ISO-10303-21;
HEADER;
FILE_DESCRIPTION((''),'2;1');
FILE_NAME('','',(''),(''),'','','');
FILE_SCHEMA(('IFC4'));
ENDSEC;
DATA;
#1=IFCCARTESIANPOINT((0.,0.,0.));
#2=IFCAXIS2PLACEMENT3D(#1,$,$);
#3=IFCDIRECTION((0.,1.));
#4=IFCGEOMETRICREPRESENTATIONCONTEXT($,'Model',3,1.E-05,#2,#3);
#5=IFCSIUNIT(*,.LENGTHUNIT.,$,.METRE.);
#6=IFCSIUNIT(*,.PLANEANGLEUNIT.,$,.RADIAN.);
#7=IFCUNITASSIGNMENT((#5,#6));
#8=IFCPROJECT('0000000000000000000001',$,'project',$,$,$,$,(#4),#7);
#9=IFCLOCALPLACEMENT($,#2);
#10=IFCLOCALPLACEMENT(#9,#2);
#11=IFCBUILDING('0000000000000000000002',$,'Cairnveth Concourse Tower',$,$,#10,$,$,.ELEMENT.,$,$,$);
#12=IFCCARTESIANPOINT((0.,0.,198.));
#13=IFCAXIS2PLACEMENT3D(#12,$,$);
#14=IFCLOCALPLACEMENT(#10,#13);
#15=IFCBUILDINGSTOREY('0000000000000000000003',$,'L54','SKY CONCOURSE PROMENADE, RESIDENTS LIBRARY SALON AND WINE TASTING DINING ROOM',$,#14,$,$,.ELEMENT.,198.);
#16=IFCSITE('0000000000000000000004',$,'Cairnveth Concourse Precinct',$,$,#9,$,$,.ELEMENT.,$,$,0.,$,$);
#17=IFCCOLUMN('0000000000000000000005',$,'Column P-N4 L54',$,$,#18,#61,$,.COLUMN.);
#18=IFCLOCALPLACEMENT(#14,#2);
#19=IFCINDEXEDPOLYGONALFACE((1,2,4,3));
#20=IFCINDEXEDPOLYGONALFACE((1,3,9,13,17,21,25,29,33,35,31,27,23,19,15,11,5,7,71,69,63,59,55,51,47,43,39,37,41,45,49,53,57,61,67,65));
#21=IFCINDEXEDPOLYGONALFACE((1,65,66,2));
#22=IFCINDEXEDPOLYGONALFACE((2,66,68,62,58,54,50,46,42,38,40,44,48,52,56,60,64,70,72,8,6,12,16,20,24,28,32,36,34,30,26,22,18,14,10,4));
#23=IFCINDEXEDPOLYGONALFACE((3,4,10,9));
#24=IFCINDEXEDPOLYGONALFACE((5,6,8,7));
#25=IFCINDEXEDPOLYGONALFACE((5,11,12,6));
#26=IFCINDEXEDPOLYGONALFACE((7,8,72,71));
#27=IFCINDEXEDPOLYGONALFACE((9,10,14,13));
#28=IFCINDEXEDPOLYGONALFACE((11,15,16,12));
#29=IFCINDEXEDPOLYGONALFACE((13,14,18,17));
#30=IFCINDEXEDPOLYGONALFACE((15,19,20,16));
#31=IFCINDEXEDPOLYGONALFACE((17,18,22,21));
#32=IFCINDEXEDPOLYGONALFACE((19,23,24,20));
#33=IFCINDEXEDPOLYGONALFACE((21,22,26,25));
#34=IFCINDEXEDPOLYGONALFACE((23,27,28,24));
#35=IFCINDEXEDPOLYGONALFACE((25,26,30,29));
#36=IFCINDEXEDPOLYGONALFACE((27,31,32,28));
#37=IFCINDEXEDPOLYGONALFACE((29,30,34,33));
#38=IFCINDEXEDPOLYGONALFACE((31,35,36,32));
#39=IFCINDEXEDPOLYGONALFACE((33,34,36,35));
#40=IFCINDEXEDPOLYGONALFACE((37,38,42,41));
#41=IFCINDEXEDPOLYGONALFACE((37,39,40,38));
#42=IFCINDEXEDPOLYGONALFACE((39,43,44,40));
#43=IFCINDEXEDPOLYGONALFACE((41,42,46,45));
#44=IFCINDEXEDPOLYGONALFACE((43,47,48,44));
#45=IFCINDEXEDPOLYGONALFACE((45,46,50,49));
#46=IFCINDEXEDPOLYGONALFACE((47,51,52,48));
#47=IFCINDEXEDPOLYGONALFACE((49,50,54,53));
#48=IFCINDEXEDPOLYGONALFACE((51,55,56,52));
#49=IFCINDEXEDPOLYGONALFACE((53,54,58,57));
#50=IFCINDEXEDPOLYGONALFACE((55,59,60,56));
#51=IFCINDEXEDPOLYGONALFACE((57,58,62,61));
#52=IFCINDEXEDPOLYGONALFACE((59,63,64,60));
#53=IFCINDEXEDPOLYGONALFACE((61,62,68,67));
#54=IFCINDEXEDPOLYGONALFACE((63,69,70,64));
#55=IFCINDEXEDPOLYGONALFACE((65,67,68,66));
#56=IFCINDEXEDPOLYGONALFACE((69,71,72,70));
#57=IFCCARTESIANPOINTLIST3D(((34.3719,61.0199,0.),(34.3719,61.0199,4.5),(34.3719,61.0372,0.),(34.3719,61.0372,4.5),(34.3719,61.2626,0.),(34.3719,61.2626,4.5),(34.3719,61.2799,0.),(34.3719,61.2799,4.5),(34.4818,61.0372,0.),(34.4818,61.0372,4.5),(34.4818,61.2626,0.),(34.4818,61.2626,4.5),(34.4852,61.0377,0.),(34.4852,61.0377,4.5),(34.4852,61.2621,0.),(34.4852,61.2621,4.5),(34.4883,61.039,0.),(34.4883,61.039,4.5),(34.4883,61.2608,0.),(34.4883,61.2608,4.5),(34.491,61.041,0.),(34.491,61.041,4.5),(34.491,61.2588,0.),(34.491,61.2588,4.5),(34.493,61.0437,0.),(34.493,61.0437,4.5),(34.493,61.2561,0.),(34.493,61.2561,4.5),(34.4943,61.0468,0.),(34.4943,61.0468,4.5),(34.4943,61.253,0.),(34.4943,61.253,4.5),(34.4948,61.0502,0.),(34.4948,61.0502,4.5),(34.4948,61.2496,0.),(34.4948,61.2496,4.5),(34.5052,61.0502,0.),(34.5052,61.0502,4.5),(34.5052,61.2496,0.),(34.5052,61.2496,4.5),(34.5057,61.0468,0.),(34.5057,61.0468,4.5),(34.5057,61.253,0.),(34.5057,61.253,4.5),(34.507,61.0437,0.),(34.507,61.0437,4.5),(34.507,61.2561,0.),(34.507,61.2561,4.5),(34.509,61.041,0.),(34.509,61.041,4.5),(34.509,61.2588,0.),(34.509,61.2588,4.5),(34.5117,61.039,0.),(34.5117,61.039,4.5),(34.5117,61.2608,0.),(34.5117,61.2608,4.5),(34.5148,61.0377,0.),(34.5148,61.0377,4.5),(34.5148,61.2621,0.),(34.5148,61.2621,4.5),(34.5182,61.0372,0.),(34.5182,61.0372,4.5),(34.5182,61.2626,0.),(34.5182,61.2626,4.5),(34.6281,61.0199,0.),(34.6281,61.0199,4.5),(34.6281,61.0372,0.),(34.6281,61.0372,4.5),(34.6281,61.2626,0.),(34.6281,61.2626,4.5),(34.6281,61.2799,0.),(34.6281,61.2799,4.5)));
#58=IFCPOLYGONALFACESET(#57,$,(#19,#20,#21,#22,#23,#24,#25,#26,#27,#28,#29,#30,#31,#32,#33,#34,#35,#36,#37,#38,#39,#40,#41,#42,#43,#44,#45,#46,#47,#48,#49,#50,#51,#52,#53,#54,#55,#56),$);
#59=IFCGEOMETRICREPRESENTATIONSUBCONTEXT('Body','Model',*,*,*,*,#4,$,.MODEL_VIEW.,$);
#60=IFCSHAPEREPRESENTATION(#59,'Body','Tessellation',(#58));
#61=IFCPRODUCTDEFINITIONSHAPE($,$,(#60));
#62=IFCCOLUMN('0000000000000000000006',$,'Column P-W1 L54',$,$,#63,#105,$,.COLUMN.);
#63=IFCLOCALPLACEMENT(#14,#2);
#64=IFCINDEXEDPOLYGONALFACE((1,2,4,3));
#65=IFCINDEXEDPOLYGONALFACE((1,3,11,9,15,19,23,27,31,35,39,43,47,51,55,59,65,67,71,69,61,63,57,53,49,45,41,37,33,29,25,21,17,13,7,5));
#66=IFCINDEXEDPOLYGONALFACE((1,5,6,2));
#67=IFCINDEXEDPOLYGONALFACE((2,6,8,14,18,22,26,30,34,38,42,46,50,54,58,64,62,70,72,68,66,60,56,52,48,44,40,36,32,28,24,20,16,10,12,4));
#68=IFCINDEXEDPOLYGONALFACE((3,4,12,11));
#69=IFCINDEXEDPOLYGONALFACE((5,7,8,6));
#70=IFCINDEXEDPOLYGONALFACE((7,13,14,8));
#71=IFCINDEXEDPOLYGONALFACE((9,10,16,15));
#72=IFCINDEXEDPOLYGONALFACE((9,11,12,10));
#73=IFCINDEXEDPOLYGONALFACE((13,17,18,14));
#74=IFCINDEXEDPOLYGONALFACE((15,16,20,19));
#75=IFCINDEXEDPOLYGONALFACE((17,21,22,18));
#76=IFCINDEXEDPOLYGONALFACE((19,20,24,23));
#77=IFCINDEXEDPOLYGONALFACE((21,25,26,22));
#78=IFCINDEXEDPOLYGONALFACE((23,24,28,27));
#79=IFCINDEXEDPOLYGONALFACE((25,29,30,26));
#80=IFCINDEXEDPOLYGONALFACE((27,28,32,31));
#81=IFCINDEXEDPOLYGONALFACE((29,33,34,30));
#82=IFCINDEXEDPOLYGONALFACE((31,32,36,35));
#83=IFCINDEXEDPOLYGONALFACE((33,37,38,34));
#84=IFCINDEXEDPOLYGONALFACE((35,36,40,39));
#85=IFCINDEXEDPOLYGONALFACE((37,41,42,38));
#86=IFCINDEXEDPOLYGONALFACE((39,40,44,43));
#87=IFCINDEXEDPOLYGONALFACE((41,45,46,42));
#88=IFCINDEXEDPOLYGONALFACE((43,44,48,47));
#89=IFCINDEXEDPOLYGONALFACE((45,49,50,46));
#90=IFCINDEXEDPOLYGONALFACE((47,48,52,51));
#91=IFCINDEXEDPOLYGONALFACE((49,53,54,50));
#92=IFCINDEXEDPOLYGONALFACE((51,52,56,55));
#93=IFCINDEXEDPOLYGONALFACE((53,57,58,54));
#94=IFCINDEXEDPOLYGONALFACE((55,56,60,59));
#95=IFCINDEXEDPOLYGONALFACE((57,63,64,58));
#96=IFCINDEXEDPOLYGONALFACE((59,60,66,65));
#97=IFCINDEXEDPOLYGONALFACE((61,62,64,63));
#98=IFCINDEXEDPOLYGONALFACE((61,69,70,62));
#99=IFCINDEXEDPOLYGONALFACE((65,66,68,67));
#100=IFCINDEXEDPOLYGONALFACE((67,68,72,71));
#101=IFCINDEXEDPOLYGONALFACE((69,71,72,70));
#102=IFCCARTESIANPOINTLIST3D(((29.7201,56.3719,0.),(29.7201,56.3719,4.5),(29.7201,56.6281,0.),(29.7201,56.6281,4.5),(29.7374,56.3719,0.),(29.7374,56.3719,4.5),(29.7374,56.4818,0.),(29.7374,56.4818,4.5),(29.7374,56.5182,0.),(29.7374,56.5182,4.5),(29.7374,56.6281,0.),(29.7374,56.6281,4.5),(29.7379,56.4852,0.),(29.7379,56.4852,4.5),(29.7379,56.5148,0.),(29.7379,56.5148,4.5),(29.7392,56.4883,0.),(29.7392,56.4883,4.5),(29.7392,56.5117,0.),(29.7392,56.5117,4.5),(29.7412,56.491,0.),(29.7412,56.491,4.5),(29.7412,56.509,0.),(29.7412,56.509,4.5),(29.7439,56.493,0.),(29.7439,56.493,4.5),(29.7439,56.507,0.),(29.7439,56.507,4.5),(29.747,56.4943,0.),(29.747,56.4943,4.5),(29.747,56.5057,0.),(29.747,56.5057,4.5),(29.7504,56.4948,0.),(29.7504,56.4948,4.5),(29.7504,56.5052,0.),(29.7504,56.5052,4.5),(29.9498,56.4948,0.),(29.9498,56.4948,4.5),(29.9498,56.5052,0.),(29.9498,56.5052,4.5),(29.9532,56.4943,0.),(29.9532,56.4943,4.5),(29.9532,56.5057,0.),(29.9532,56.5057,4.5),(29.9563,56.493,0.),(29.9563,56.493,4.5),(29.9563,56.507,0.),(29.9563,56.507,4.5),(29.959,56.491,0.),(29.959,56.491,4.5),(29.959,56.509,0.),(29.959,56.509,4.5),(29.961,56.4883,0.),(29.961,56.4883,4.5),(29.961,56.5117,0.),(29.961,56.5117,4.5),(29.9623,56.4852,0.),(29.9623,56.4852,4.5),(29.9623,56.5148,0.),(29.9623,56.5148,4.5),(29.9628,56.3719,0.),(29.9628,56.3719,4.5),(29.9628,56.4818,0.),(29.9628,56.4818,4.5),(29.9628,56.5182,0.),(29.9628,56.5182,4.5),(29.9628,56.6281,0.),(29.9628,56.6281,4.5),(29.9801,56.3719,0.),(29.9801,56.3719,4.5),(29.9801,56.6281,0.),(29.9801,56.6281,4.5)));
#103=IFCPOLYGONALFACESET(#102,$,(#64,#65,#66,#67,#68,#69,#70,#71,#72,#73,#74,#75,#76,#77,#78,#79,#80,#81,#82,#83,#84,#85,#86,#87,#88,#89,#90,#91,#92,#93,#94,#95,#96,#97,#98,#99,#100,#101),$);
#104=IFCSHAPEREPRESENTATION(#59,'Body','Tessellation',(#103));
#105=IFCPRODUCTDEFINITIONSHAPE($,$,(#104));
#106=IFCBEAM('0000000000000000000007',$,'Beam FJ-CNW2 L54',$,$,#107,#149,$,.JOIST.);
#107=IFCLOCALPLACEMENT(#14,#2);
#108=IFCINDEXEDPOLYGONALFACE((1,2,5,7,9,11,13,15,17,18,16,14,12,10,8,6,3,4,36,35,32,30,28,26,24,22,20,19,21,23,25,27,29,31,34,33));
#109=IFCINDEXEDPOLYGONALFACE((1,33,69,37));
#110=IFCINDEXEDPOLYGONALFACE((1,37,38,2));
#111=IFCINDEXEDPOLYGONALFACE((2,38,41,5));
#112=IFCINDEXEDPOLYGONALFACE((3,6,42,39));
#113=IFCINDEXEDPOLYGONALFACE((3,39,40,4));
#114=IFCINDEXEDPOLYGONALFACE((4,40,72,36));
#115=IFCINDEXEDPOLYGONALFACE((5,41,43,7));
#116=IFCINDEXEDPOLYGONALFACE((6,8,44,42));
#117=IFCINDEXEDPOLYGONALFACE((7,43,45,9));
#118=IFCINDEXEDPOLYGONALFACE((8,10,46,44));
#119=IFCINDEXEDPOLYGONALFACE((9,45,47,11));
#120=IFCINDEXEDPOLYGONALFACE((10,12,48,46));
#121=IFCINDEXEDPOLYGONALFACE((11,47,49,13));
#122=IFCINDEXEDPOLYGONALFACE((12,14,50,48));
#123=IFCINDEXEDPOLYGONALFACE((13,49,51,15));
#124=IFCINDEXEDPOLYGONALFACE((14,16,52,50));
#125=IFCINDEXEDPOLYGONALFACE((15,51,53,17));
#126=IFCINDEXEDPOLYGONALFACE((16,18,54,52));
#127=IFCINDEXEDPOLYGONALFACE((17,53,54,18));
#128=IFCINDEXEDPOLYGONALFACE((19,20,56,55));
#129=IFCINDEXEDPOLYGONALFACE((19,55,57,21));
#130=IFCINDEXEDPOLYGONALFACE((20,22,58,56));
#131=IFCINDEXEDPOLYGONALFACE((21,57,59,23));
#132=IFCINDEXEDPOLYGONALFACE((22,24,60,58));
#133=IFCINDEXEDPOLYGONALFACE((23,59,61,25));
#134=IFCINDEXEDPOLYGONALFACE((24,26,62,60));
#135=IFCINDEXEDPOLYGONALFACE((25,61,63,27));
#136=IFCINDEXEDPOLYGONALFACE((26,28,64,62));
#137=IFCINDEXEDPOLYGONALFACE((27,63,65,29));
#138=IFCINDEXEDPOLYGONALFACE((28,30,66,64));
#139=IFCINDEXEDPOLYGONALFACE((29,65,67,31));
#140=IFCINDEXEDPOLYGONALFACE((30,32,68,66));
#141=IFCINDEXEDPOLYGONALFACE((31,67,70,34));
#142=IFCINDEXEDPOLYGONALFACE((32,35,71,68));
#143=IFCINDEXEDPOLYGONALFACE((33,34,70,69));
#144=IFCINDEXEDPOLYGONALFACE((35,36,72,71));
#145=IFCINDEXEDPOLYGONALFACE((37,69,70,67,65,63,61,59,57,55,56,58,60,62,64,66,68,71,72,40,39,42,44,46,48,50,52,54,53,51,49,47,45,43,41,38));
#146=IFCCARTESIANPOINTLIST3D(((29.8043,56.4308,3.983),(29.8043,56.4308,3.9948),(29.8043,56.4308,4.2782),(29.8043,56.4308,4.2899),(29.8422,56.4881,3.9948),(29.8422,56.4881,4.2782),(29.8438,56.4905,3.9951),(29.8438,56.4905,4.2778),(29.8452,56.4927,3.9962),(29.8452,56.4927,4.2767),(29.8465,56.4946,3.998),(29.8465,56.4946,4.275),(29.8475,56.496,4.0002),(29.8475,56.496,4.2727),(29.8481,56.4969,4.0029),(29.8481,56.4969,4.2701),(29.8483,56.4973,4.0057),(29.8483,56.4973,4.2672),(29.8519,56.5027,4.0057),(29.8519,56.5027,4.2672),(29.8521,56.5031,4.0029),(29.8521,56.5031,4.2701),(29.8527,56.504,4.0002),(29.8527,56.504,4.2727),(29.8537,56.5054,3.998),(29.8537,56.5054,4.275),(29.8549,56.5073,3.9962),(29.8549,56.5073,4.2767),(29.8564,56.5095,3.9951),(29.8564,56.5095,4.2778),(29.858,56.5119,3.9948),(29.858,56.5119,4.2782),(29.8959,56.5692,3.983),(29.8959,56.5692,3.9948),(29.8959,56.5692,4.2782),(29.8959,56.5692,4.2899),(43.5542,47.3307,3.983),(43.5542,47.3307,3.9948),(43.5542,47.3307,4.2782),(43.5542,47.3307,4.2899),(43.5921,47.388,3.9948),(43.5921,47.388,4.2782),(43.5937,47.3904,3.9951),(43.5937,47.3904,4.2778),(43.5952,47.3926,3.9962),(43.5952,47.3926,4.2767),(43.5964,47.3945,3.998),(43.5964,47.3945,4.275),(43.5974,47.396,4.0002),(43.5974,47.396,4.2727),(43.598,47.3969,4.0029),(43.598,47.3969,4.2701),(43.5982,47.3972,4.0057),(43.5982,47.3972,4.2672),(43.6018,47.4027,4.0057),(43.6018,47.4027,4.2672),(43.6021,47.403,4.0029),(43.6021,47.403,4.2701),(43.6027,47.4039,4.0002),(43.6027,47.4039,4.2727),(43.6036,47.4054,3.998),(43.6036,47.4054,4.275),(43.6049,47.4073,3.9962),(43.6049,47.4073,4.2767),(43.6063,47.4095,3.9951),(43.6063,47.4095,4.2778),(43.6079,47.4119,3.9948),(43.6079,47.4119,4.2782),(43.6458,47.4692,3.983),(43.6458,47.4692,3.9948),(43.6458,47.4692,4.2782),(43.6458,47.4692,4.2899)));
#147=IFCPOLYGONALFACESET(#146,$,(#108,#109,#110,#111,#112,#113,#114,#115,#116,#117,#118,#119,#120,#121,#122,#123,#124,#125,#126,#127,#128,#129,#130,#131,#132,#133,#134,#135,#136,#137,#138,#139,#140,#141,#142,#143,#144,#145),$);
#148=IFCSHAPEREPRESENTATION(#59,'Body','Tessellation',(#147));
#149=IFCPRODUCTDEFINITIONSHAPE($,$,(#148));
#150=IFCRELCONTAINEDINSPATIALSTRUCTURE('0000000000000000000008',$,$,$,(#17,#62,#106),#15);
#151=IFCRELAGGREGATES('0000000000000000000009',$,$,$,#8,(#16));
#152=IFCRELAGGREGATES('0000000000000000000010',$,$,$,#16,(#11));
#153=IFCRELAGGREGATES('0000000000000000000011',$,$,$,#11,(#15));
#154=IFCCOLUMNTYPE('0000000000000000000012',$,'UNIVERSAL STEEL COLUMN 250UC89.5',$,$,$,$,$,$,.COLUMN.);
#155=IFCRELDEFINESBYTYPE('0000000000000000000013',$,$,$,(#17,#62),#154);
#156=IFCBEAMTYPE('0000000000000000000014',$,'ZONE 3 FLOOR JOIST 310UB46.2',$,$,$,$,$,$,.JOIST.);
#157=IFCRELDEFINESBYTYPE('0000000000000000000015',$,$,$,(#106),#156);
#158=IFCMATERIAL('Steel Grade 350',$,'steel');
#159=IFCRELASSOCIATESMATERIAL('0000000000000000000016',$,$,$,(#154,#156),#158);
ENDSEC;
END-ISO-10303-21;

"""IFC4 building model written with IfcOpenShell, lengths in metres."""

from ifc_helpers import new_model, si_unit, direction, frame, origin, origin_2d, place, context, subcontext, project, spatial, i_section, extrude, material, material_profile, profile_set, type_object, element, save


model = new_model("IFC4")

# Units and contexts
model_context = context("Model", 3, precision=1e-05, world=origin(), true_north=direction((0.0, 1.0)))
body_context = subcontext(model_context, "Body", "Model", "MODEL_VIEW")
ifc_project = project(units=[si_unit("LENGTHUNIT", "METRE"), si_unit("PLANEANGLEUNIT", "RADIAN")], contexts=[model_context])

# Site, building, storey
site_placement = place(None, origin())
site = spatial("IfcSite", under=ifc_project, at=site_placement, Name="Cairnveth Concourse Precinct", CompositionType="ELEMENT", RefElevation=0.0)
building_placement = place(site_placement, origin())
building = spatial("IfcBuilding", under=site, at=building_placement, Name="Cairnveth Concourse Tower", CompositionType="ELEMENT")
storey_placement = place(building_placement, frame((0.0, 0.0, 198.0)))
storey = spatial("IfcBuildingStorey", under=building, at=storey_placement, Name="L54", Description="SKY CONCOURSE PROMENADE, RESIDENTS LIBRARY SALON AND WINE TASTING DINING ROOM", CompositionType="ELEMENT", Elevation=198.0)

# Columns
ifc_material_1 = material(Name="Steel Grade 350", Category="steel")
ifc_material_profile_1 = material_profile(ifc_material_1, i_section(OverallWidth=0.2561, OverallDepth=0.26, WebThickness=0.0105, FlangeThickness=0.0173, FilletRadius=0.0129, at=origin_2d()), Name="250UC89.5")
ifc_profile_set_1 = profile_set([ifc_material_profile_1], Name="Steel Grade 350")
column_type = type_object("IfcColumnType", Name="UNIVERSAL STEEL COLUMN 250UC89.5", PredefinedType="COLUMN", material=ifc_profile_set_1)
for number, where, z_axis, x_axis, name in (
    (1, (34.5, 61.1499, 0.0), (0.0, 0.0, 1.0), (1.0, 0.0, 0.0), "Column P-N4 L54"),
    (2, (29.8501, 56.5, 0.0), (0.0, 0.0, 1.0), (0.0, 1.0, 0.0), "Column P-W1 L54"),
):
    element("IfcColumn", number, at=place(storey_placement, frame(where, z_axis=z_axis, x_axis=x_axis)), inside=storey, type_object=column_type, Name=name, PredefinedType="COLUMN", context=body_context, shape_type="SweptSolid", body=[
        extrude(i_section(OverallWidth=0.2561, OverallDepth=0.26, WebThickness=0.0105, FlangeThickness=0.0173, FilletRadius=0.0129, at=origin_2d()), origin(), (0.0, 0.0, 1.0), 4.5),
    ])

# Beam
ifc_material_profile_2 = material_profile(ifc_material_1, i_section(OverallWidth=0.166, OverallDepth=0.3069, WebThickness=0.0066, FlangeThickness=0.0117, FilletRadius=0.011, at=origin_2d()), Name="310UB46.2")
ifc_profile_set_2 = profile_set([ifc_material_profile_2], Name="Steel Grade 350")
beam_type_1 = type_object("IfcBeamType", Name="ZONE 3 FLOOR JOIST 310UB46.2", PredefinedType="JOIST", material=ifc_profile_set_2)
beam_1_placement = place(storey_placement, frame((29.8501, 56.5, 4.1365), z_axis=(0.833909, -0.551902, 0.0), x_axis=(0.551902, 0.833909, 0.0)))
element("IfcBeam", 3, at=beam_1_placement, inside=storey, type_object=beam_type_1, Name="Beam FJ-CNW2 L54", PredefinedType="JOIST", context=body_context, shape_type="SweptSolid", body=[
    extrude(i_section(OverallWidth=0.166, OverallDepth=0.3069, WebThickness=0.0066, FlangeThickness=0.0117, FilletRadius=0.011, at=origin_2d()), origin(), (0.0, 0.0, 1.0), 16.4885),
])

save(model, "model.ifc")
